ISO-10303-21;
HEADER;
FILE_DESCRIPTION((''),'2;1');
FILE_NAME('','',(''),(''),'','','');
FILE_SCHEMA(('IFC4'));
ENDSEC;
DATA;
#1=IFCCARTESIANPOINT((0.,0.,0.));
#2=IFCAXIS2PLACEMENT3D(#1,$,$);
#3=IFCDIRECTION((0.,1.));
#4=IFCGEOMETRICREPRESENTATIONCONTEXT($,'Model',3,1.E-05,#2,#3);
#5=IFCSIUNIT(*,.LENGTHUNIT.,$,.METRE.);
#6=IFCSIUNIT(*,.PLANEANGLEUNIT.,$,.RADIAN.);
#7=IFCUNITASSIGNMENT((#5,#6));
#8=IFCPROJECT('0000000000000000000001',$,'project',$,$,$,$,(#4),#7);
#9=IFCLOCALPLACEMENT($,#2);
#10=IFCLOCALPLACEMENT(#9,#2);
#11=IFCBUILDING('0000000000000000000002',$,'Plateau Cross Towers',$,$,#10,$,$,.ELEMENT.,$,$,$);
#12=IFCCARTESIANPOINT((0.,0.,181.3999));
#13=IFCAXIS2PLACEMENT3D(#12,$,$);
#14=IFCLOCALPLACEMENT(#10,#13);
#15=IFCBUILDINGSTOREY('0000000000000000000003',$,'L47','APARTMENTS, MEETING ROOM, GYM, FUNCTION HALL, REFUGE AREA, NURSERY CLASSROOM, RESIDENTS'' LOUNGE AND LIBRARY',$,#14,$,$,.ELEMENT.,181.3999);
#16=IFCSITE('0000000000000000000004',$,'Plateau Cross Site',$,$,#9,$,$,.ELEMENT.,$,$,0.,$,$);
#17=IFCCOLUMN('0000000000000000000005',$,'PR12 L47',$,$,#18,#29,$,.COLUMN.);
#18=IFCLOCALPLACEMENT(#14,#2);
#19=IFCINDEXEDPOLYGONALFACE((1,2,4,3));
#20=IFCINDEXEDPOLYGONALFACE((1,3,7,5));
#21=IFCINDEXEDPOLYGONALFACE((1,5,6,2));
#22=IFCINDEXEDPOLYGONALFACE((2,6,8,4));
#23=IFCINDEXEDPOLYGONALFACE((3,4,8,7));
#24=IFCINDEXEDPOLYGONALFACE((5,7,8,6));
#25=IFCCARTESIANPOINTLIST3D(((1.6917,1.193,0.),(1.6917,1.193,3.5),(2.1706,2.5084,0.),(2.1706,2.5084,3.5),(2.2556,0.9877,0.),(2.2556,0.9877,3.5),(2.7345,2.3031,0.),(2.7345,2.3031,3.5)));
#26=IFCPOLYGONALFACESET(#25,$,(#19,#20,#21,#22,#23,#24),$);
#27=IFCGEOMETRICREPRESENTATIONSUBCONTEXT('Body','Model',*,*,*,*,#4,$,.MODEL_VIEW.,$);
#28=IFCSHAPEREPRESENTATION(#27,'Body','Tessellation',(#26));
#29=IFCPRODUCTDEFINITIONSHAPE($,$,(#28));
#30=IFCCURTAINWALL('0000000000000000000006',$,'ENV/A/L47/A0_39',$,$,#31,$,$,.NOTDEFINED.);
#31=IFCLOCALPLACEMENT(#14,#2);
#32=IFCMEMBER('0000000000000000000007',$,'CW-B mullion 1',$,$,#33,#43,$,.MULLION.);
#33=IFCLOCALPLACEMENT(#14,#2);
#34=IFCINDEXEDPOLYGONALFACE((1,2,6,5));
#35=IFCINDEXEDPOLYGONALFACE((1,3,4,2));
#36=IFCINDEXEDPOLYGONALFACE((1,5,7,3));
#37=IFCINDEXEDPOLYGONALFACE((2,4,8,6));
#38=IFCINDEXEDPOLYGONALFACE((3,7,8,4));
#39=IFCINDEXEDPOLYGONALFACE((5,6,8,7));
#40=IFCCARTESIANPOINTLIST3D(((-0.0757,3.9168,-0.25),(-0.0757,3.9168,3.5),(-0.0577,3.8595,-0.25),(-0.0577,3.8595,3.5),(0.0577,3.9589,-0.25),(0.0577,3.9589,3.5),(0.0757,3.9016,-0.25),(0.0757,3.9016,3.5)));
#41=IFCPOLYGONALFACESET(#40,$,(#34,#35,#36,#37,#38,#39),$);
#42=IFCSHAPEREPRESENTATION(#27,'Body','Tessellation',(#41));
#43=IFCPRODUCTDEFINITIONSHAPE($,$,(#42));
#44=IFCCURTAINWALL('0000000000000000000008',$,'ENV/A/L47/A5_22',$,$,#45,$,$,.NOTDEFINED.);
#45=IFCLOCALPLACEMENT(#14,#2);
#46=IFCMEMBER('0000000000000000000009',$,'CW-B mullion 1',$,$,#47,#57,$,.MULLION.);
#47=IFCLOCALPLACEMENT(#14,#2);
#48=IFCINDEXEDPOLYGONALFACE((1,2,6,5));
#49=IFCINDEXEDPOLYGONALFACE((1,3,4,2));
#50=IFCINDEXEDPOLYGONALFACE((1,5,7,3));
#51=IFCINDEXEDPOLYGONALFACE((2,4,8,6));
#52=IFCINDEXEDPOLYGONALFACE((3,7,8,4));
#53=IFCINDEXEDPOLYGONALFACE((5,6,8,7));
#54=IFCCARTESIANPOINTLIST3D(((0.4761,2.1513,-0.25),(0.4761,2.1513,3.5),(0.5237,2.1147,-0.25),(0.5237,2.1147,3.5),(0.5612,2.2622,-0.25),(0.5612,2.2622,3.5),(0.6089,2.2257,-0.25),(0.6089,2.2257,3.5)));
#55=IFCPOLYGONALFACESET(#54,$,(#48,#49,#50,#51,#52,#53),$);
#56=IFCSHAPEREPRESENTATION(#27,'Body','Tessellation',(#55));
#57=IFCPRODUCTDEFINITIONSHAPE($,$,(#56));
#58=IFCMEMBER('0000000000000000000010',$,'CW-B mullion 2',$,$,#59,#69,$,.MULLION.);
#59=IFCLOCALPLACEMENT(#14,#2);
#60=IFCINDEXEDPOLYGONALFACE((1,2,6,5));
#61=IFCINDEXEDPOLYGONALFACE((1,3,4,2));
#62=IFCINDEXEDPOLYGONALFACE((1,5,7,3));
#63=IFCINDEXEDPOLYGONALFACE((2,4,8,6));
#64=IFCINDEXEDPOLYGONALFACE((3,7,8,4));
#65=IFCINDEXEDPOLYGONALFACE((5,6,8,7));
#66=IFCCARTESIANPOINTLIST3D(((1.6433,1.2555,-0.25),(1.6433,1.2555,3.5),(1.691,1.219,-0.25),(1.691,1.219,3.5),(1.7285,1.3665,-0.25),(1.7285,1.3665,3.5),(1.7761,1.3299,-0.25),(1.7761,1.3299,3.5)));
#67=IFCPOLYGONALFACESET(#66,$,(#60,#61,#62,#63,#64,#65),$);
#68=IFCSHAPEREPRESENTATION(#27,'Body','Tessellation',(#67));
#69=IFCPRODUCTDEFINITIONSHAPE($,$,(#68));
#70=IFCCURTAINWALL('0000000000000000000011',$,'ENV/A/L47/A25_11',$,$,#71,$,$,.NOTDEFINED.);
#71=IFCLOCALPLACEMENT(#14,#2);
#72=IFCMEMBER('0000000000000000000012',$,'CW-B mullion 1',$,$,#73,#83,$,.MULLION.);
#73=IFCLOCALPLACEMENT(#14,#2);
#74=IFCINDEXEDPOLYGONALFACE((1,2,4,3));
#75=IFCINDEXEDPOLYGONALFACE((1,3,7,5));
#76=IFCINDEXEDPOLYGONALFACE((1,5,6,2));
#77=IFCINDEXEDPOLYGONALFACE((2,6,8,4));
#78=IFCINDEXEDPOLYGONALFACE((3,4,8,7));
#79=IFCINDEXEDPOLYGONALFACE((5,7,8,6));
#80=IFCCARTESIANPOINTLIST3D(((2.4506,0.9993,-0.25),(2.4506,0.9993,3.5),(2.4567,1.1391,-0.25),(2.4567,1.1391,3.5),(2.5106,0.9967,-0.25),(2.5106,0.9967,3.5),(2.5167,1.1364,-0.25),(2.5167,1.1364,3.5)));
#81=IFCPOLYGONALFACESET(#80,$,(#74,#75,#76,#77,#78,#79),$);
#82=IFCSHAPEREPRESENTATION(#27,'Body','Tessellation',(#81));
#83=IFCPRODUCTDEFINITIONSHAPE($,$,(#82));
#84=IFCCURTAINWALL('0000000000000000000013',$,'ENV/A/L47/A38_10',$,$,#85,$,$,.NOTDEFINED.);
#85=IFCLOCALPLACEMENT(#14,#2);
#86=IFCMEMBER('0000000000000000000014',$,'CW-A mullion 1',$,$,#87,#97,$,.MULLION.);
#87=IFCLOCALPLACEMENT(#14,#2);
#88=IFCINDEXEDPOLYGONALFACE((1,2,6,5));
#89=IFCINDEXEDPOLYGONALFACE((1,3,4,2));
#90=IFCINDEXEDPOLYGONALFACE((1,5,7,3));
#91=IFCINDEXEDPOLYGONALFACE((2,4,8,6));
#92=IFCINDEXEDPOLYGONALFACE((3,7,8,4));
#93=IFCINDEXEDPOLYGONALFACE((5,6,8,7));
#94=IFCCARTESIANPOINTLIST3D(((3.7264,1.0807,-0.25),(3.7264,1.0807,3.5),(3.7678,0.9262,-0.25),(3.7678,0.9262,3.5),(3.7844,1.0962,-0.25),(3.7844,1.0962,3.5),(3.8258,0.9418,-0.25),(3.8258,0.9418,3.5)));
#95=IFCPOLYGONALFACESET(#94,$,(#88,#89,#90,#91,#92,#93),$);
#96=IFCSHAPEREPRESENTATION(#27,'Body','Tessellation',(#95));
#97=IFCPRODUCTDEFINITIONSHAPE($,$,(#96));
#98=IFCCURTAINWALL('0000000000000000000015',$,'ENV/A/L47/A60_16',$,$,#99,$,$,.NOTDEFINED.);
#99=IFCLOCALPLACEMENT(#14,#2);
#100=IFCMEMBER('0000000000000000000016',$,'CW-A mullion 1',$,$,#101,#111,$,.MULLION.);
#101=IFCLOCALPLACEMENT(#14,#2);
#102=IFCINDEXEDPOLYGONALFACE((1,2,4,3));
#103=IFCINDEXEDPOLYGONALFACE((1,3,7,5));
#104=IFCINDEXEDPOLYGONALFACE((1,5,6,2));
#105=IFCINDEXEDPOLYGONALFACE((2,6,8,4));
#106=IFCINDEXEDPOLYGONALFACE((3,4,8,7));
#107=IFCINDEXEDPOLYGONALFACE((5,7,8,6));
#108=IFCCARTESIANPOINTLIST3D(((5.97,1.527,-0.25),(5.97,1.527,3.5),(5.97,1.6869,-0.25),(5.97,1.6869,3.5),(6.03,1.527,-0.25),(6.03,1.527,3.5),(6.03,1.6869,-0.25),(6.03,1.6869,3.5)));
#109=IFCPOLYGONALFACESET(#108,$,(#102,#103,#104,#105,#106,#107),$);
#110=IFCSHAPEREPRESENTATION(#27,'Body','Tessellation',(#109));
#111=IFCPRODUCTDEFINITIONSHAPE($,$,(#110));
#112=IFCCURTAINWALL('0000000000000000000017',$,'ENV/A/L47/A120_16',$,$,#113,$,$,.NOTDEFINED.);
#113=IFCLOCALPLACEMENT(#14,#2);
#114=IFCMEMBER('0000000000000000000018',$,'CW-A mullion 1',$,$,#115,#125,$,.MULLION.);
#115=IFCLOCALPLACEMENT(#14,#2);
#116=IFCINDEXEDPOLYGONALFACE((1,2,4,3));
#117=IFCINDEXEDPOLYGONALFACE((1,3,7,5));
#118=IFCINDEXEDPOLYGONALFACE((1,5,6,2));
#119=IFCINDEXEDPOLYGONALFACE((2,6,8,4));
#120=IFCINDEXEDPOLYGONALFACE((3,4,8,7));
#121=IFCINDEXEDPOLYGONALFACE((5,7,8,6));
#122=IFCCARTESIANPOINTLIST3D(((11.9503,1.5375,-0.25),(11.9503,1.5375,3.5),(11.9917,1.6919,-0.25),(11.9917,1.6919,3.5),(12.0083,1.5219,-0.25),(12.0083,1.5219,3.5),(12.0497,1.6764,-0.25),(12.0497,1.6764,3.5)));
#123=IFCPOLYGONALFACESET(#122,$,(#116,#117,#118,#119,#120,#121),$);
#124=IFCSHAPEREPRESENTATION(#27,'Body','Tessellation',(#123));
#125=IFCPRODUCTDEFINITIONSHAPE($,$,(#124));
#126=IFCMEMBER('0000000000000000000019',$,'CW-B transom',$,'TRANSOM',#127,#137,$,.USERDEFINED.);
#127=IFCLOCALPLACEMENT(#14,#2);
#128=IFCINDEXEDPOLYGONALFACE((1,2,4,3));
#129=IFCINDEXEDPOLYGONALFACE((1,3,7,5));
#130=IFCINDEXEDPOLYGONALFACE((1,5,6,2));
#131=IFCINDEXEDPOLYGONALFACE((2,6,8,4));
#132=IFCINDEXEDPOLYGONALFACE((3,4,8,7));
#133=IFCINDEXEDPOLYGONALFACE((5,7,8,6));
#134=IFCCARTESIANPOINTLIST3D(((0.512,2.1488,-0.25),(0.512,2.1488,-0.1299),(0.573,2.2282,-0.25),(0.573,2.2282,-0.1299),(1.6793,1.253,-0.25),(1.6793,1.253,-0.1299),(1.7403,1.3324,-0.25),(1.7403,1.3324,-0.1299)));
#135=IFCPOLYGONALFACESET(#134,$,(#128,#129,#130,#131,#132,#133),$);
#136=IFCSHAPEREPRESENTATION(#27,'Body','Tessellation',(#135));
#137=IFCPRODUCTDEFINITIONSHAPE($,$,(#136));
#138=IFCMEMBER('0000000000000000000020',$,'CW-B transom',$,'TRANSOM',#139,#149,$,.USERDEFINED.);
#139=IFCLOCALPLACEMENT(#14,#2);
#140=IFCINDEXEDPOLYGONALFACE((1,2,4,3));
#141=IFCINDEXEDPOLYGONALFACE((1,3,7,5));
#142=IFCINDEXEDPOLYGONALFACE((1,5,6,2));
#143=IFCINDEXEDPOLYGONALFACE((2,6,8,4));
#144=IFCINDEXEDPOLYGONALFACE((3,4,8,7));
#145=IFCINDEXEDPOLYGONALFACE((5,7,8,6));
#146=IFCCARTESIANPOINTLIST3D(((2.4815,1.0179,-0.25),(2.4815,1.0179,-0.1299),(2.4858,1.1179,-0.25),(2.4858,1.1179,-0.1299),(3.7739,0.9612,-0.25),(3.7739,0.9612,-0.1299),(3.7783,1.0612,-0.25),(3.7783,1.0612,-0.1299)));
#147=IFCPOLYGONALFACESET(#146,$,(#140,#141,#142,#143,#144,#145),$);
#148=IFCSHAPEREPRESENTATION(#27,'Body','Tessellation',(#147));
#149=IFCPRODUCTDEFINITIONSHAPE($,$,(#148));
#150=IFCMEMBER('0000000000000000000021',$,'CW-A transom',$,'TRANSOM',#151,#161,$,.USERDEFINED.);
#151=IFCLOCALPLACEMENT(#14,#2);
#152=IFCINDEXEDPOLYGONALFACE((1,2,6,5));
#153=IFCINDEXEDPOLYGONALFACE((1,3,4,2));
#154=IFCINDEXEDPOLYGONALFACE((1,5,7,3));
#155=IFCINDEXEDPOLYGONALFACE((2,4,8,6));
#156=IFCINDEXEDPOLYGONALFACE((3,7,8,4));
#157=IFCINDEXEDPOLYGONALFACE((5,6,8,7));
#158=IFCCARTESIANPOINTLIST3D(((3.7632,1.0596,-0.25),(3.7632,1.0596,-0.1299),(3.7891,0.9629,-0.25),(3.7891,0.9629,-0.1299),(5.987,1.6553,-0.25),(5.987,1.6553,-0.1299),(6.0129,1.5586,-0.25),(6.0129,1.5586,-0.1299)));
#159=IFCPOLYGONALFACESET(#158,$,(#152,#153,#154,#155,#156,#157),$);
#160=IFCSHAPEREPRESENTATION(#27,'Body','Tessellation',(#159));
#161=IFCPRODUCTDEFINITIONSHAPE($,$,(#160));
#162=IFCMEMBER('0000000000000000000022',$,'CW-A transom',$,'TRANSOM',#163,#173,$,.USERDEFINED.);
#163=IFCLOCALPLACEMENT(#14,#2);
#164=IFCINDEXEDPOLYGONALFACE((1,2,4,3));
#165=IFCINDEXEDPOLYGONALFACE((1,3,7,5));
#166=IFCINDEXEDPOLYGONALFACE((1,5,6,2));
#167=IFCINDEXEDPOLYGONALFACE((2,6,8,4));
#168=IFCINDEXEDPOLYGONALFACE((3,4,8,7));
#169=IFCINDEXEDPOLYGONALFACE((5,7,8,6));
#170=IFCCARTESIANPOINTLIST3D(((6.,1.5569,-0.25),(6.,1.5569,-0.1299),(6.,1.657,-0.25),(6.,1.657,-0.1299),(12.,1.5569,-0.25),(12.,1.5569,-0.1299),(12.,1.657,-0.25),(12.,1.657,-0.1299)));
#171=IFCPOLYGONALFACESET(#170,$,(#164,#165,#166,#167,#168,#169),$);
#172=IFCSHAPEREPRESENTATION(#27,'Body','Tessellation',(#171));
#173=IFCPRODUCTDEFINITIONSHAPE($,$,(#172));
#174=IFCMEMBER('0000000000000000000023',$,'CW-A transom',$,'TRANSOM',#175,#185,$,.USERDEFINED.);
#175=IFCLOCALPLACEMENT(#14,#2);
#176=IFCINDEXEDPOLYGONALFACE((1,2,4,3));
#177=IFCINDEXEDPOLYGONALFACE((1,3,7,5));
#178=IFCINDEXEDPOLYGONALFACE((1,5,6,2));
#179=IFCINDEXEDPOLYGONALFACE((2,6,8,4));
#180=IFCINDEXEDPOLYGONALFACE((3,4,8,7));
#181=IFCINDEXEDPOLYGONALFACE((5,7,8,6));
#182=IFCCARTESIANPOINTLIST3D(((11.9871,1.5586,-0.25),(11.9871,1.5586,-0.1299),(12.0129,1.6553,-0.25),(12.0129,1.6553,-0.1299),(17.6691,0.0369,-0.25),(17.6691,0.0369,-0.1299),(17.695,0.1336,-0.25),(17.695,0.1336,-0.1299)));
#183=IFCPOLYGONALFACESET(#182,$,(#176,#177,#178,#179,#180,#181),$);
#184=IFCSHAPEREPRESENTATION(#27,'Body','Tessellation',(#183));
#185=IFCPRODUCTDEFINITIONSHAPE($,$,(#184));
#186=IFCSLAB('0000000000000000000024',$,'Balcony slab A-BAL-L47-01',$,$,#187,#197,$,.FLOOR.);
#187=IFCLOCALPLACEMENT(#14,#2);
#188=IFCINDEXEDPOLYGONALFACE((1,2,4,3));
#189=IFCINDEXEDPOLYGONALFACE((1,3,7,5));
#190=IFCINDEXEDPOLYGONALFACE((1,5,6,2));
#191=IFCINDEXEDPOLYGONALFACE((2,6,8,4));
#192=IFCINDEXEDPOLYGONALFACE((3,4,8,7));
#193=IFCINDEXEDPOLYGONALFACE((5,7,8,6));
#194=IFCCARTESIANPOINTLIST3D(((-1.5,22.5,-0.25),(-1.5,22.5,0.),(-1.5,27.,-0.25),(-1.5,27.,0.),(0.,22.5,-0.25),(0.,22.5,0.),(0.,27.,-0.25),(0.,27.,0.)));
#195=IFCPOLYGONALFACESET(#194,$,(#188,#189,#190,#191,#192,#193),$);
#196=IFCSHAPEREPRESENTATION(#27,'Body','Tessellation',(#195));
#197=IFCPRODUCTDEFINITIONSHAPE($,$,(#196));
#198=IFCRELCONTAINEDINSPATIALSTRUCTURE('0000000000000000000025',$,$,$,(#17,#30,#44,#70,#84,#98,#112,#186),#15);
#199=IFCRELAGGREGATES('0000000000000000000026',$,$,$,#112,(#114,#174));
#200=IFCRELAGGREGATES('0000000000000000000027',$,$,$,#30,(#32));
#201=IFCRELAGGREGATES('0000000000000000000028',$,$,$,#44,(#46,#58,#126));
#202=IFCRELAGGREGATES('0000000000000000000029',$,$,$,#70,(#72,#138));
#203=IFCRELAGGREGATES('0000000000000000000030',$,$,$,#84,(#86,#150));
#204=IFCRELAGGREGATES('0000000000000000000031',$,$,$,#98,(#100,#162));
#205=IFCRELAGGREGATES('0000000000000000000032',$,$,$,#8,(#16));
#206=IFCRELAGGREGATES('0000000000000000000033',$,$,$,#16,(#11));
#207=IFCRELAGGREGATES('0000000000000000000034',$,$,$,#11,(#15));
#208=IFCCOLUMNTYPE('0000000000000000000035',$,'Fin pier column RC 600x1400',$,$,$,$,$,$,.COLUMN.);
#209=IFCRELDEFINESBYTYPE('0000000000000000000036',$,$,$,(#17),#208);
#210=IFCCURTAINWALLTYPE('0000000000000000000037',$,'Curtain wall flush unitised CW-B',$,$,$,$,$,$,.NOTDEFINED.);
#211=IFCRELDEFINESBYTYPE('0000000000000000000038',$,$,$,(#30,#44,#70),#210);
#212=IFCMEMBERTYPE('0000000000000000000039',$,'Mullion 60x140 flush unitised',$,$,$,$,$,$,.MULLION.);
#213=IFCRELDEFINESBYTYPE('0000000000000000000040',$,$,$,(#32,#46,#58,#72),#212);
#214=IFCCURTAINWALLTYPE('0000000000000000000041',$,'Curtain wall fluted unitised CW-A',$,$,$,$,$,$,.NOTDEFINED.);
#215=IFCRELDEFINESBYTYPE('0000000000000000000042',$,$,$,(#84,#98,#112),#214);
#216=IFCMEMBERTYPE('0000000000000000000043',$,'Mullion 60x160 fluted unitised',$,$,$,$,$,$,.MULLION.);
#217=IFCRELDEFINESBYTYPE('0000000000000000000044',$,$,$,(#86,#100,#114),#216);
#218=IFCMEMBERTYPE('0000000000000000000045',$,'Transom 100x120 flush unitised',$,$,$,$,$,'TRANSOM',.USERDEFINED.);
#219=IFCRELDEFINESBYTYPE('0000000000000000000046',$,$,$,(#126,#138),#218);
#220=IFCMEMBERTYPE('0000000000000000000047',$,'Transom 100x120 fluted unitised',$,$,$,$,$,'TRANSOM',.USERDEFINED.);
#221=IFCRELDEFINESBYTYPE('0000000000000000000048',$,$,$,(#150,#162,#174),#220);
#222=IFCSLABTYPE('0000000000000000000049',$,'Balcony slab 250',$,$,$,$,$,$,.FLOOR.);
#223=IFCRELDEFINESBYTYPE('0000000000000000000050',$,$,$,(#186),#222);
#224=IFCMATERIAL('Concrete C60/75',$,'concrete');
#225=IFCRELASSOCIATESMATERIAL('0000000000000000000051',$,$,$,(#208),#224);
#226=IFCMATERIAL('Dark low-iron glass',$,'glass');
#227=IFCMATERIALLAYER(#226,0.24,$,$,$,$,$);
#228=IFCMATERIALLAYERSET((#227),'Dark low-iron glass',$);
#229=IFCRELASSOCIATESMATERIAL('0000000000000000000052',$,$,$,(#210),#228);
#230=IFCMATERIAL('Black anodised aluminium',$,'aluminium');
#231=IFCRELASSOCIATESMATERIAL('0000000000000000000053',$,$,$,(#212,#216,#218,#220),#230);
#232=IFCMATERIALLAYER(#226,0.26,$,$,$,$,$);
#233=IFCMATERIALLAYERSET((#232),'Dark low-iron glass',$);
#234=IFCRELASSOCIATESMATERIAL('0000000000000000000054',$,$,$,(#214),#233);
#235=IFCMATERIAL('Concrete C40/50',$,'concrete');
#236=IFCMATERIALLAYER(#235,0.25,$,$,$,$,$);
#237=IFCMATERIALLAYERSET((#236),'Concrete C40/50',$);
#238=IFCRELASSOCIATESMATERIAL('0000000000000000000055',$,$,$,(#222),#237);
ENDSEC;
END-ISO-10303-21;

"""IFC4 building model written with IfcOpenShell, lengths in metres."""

from ifc_helpers import new_model, si_unit, direction, frame, origin, origin_2d, place, context, subcontext, project, spatial, polyline, rectangle, outline, extrude, material, layer, layer_set, material_profile, profile_set, type_object, element, aggregate, save


model = new_model("IFC4")

# Units and contexts
model_context = context("Model", 3, precision=1e-05, world=origin(), true_north=direction((0.0, 1.0)))
body_context = subcontext(model_context, "Body", "Model", "MODEL_VIEW")
ifc_project = project(units=[si_unit("LENGTHUNIT", "METRE"), si_unit("PLANEANGLEUNIT", "RADIAN")], contexts=[model_context])

# Site, building, storey
site_placement = place(None, origin())
site = spatial("IfcSite", under=ifc_project, at=site_placement, Name="Plateau Cross Site", CompositionType="ELEMENT", RefElevation=0.0)
building_placement = place(site_placement, origin())
building = spatial("IfcBuilding", under=site, at=building_placement, Name="Plateau Cross Towers", CompositionType="ELEMENT")
storey_placement = place(building_placement, frame((0.0, 0.0, 181.3999)))
storey = spatial("IfcBuildingStorey", under=building, at=storey_placement, Name="L47", Description="APARTMENTS, MEETING ROOM, GYM, FUNCTION HALL, REFUGE AREA, NURSERY CLASSROOM, RESIDENTS' LOUNGE AND LIBRARY", CompositionType="ELEMENT", Elevation=181.3999)

# Column
ifc_material_1 = material(Name="Concrete C60/75", Category="concrete")
ifc_material_profile_1 = material_profile(ifc_material_1, rectangle(XDim=0.6001, YDim=1.3999, at=origin_2d()), Name="RC 600x1400")
ifc_profile_set_1 = profile_set([ifc_material_profile_1], Name="Concrete C60/75")
column_type = type_object("IfcColumnType", Name="Fin pier column RC 600x1400", PredefinedType="COLUMN", material=ifc_profile_set_1)
column_placement = place(storey_placement, frame((2.2131, 1.748, 0.0), z_axis=(0.0, 0.0, 1.0), x_axis=(-0.939664, 0.342098, 0.0)))
element("IfcColumn", 1, at=column_placement, inside=storey, type_object=column_type, Name="PR12 L47", PredefinedType="COLUMN", context=body_context, shape_type="SweptSolid", body=[
    extrude(rectangle(XDim=0.6001, YDim=1.3999, at=origin_2d()), origin(), (0.0, 0.0, 1.0), 3.5),
])

# Curtain wall, member
ifc_material_2 = material(Name="Dark low-iron glass", Category="glass")
ifc_layer_1 = layer(ifc_material_2, 0.24)
ifc_layer_set_1 = layer_set([ifc_layer_1], Name="Dark low-iron glass")
curtain_wall_type_1 = type_object("IfcCurtainWallType", Name="Curtain wall flush unitised CW-B", PredefinedType="NOTDEFINED", material=ifc_layer_set_1)
curtain_wall_1_placement = place(storey_placement, origin())
curtain_wall_1 = element("IfcCurtainWall", 2, at=curtain_wall_1_placement, inside=storey, type_object=curtain_wall_type_1, Name="ENV/A/L47/A0_39", PredefinedType="NOTDEFINED")
ifc_material_3 = material(Name="Black anodised aluminium", Category="aluminium")
ifc_material_profile_2 = material_profile(ifc_material_3, rectangle(XDim=0.0601, YDim=0.1399, at=origin_2d()), Name="MULLION 60x140")
ifc_profile_set_2 = profile_set([ifc_material_profile_2], Name="Black anodised aluminium")
member_type_1 = type_object("IfcMemberType", Name="Mullion 60x140 flush unitised", PredefinedType="MULLION", material=ifc_profile_set_2)
member_1_placement = place(storey_placement, frame((0.0, 3.9092, -0.25), z_axis=(0.0, 0.0, 1.0), x_axis=(0.300686, -0.953723, 0.0)))
member_1 = element("IfcMember", 3, at=member_1_placement, type_object=member_type_1, Name="CW-B mullion 1", PredefinedType="MULLION", context=body_context, shape_type="SweptSolid", body=[
    extrude(rectangle(XDim=0.0601, YDim=0.1399, at=origin_2d()), origin(), (0.0, 0.0, 1.0), 3.75),
])

# Curtain wall, members
curtain_wall_2_placement = place(storey_placement, origin())
curtain_wall_2 = element("IfcCurtainWall", 4, at=curtain_wall_2_placement, inside=storey, type_object=curtain_wall_type_1, Name="ENV/A/L47/A5_22", PredefinedType="NOTDEFINED")
member_2_placement = place(storey_placement, frame((0.5425, 2.1885, -0.25), z_axis=(0.0, 0.0, 1.0), x_axis=(0.793316, -0.608811, 0.0)))
member_2 = element("IfcMember", 5, at=member_2_placement, type_object=member_type_1, Name="CW-B mullion 1", PredefinedType="MULLION", context=body_context, shape_type="SweptSolid", body=[
    extrude(rectangle(XDim=0.0601, YDim=0.1399, at=origin_2d()), origin(), (0.0, 0.0, 1.0), 3.75),
])
member_3_placement = place(storey_placement, frame((1.7097, 1.2927, -0.25), z_axis=(0.0, 0.0, 1.0), x_axis=(0.793316, -0.608811, 0.0)))
member_3 = element("IfcMember", 6, at=member_3_placement, type_object=member_type_1, Name="CW-B mullion 2", PredefinedType="MULLION", context=body_context, shape_type="SweptSolid", body=[
    extrude(rectangle(XDim=0.0601, YDim=0.1399, at=origin_2d()), origin(), (0.0, 0.0, 1.0), 3.75),
])

# Curtain walls, members
curtain_wall_3_placement = place(storey_placement, origin())
curtain_wall_3 = element("IfcCurtainWall", 7, at=curtain_wall_3_placement, inside=storey, type_object=curtain_wall_type_1, Name="ENV/A/L47/A25_11", PredefinedType="NOTDEFINED")
member_4_placement = place(storey_placement, frame((2.4836, 1.0679, -0.25), z_axis=(0.0, 0.0, 1.0), x_axis=(0.999044, -0.043723, 0.0)))
member_4 = element("IfcMember", 8, at=member_4_placement, type_object=member_type_1, Name="CW-B mullion 1", PredefinedType="MULLION", context=body_context, shape_type="SweptSolid", body=[
    extrude(rectangle(XDim=0.0601, YDim=0.1399, at=origin_2d()), origin(), (0.0, 0.0, 1.0), 3.75),
])
ifc_layer_2 = layer(ifc_material_2, 0.26)
ifc_layer_set_2 = layer_set([ifc_layer_2], Name="Dark low-iron glass")
curtain_wall_type_2 = type_object("IfcCurtainWallType", Name="Curtain wall fluted unitised CW-A", PredefinedType="NOTDEFINED", material=ifc_layer_set_2)
curtain_wall_4_placement = place(storey_placement, origin())
curtain_wall_4 = element("IfcCurtainWall", 9, at=curtain_wall_4_placement, inside=storey, type_object=curtain_wall_type_2, Name="ENV/A/L47/A38_10", PredefinedType="NOTDEFINED")
ifc_material_profile_3 = material_profile(ifc_material_3, rectangle(XDim=0.0601, YDim=0.1599, at=origin_2d()), Name="MULLION 60x160")
ifc_profile_set_3 = profile_set([ifc_material_profile_3], Name="Black anodised aluminium")
member_type_2 = type_object("IfcMemberType", Name="Mullion 60x160 fluted unitised", PredefinedType="MULLION", material=ifc_profile_set_3)
member_5_placement = place(storey_placement, frame((3.7761, 1.0112, -0.25), z_axis=(0.0, 0.0, 1.0), x_axis=(0.965958, 0.258699, 0.0)))
member_5 = element("IfcMember", 10, at=member_5_placement, type_object=member_type_2, Name="CW-A mullion 1", PredefinedType="MULLION", context=body_context, shape_type="SweptSolid", body=[
    extrude(rectangle(XDim=0.0601, YDim=0.1599, at=origin_2d()), origin(), (0.0, 0.0, 1.0), 3.75),
])
curtain_wall_5_placement = place(storey_placement, origin())
curtain_wall_5 = element("IfcCurtainWall", 11, at=curtain_wall_5_placement, inside=storey, type_object=curtain_wall_type_2, Name="ENV/A/L47/A60_16", PredefinedType="NOTDEFINED")
member_6_placement = place(storey_placement, frame((6.0, 1.6069, -0.25), z_axis=(0.0, 0.0, 1.0), x_axis=(1.0, 0.0, 0.0)))
member_6 = element("IfcMember", 12, at=member_6_placement, type_object=member_type_2, Name="CW-A mullion 1", PredefinedType="MULLION", context=body_context, shape_type="SweptSolid", body=[
    extrude(rectangle(XDim=0.0601, YDim=0.1599, at=origin_2d()), origin(), (0.0, 0.0, 1.0), 3.75),
])
curtain_wall_6_placement = place(storey_placement, origin())
curtain_wall_6 = element("IfcCurtainWall", 13, at=curtain_wall_6_placement, inside=storey, type_object=curtain_wall_type_2, Name="ENV/A/L47/A120_16", PredefinedType="NOTDEFINED")
member_7_placement = place(storey_placement, frame((12.0, 1.6069, -0.25), z_axis=(0.0, 0.0, 1.0), x_axis=(0.965958, -0.258699, 0.0)))
member_7 = element("IfcMember", 14, at=member_7_placement, type_object=member_type_2, Name="CW-A mullion 1", PredefinedType="MULLION", context=body_context, shape_type="SweptSolid", body=[
    extrude(rectangle(XDim=0.0601, YDim=0.1599, at=origin_2d()), origin(), (0.0, 0.0, 1.0), 3.75),
])

# Members
ifc_material_profile_4 = material_profile(ifc_material_3, rectangle(XDim=0.1001, YDim=0.1201, at=origin_2d()), Name="TRANSOM 100x120")
ifc_profile_set_4 = profile_set([ifc_material_profile_4], Name="Black anodised aluminium")
member_type_3 = type_object("IfcMemberType", Name="Transom 100x120 flush unitised", ElementType="TRANSOM", PredefinedType="USERDEFINED", material=ifc_profile_set_4)
member_8_placement = place(storey_placement, frame((0.5425, 2.1885, -0.1899), z_axis=(0.793321, -0.608804, 0.0), x_axis=(0.608804, 0.793321, 0.0)))
member_8 = element("IfcMember", 15, at=member_8_placement, type_object=member_type_3, Name="CW-B transom", ObjectType="TRANSOM", PredefinedType="USERDEFINED", context=body_context, shape_type="SweptSolid", body=[
    extrude(rectangle(XDim=0.1001, YDim=0.1201, at=origin_2d()), origin(), (0.0, 0.0, 1.0), 1.4714),
])
member_9_placement = place(storey_placement, frame((2.4836, 1.0679, -0.1899), z_axis=(0.999041, -0.043781, 0.0), x_axis=(0.043781, 0.999041, 0.0)))
member_9 = element("IfcMember", 16, at=member_9_placement, type_object=member_type_3, Name="CW-B transom", ObjectType="TRANSOM", PredefinedType="USERDEFINED", context=body_context, shape_type="SweptSolid", body=[
    extrude(rectangle(XDim=0.1001, YDim=0.1201, at=origin_2d()), origin(), (0.0, 0.0, 1.0), 1.2937),
])
ifc_material_profile_5 = material_profile(ifc_material_3, rectangle(XDim=0.1001, YDim=0.1201, at=origin_2d()), Name="TRANSOM 100x120")
ifc_profile_set_5 = profile_set([ifc_material_profile_5], Name="Black anodised aluminium")
member_type_4 = type_object("IfcMemberType", Name="Transom 100x120 fluted unitised", ElementType="TRANSOM", PredefinedType="USERDEFINED", material=ifc_profile_set_5)
member_10_placement = place(storey_placement, frame((3.7761, 1.0112, -0.1899), z_axis=(0.965946, 0.258745, 0.0), x_axis=(-0.258745, 0.965946, 0.0)))
member_10 = element("IfcMember", 17, at=member_10_placement, type_object=member_type_4, Name="CW-A transom", ObjectType="TRANSOM", PredefinedType="USERDEFINED", context=body_context, shape_type="SweptSolid", body=[
    extrude(rectangle(XDim=0.1001, YDim=0.1201, at=origin_2d()), origin(), (0.0, 0.0, 1.0), 2.3022),
])
member_11_placement = place(storey_placement, frame((6.0, 1.6069, -0.1899), z_axis=(1.0, 0.0, 0.0), x_axis=(0.0, 1.0, 0.0)))
member_11 = element("IfcMember", 18, at=member_11_placement, type_object=member_type_4, Name="CW-A transom", ObjectType="TRANSOM", PredefinedType="USERDEFINED", context=body_context, shape_type="SweptSolid", body=[
    extrude(rectangle(XDim=0.1001, YDim=0.1201, at=origin_2d()), origin(), (0.0, 0.0, 1.0), 6.0),
])
member_12_placement = place(storey_placement, frame((12.0, 1.6069, -0.1899), z_axis=(0.96596, -0.258693, 0.0), x_axis=(0.258693, 0.96596, 0.0)))
member_12 = element("IfcMember", 19, at=member_12_placement, type_object=member_type_4, Name="CW-A transom", ObjectType="TRANSOM", PredefinedType="USERDEFINED", context=body_context, shape_type="SweptSolid", body=[
    extrude(rectangle(XDim=0.1001, YDim=0.1201, at=origin_2d()), origin(), (0.0, 0.0, 1.0), 5.8823),
])
aggregate(curtain_wall_6, [member_7, member_12])

# Slab
ifc_material_4 = material(Name="Concrete C40/50", Category="concrete")
ifc_layer_3 = layer(ifc_material_4, 0.25)
ifc_layer_set_3 = layer_set([ifc_layer_3], Name="Concrete C40/50")
slab_type_1 = type_object("IfcSlabType", Name="Balcony slab 250", PredefinedType="FLOOR", material=ifc_layer_set_3)
slab_1_placement = place(storey_placement, frame((0.0, 0.0, -0.25)))
element("IfcSlab", 20, at=slab_1_placement, inside=storey, type_object=slab_type_1, Name="Balcony slab A-BAL-L47-01", PredefinedType="FLOOR", context=body_context, shape_type="SweptSolid", body=[
    extrude(outline(polyline([(0.0, 22.5), (0.0, 27.0), (-1.5, 27.0), (-1.5, 22.5), (0.0, 22.5)])), origin(), (0.0, 0.0, 1.0), 0.25),
])

aggregate(curtain_wall_1, [member_1])
aggregate(curtain_wall_2, [member_2, member_3, member_8])
aggregate(curtain_wall_3, [member_4, member_9])
aggregate(curtain_wall_4, [member_5, member_10])
aggregate(curtain_wall_5, [member_6, member_11])

save(model, "model.ifc")
